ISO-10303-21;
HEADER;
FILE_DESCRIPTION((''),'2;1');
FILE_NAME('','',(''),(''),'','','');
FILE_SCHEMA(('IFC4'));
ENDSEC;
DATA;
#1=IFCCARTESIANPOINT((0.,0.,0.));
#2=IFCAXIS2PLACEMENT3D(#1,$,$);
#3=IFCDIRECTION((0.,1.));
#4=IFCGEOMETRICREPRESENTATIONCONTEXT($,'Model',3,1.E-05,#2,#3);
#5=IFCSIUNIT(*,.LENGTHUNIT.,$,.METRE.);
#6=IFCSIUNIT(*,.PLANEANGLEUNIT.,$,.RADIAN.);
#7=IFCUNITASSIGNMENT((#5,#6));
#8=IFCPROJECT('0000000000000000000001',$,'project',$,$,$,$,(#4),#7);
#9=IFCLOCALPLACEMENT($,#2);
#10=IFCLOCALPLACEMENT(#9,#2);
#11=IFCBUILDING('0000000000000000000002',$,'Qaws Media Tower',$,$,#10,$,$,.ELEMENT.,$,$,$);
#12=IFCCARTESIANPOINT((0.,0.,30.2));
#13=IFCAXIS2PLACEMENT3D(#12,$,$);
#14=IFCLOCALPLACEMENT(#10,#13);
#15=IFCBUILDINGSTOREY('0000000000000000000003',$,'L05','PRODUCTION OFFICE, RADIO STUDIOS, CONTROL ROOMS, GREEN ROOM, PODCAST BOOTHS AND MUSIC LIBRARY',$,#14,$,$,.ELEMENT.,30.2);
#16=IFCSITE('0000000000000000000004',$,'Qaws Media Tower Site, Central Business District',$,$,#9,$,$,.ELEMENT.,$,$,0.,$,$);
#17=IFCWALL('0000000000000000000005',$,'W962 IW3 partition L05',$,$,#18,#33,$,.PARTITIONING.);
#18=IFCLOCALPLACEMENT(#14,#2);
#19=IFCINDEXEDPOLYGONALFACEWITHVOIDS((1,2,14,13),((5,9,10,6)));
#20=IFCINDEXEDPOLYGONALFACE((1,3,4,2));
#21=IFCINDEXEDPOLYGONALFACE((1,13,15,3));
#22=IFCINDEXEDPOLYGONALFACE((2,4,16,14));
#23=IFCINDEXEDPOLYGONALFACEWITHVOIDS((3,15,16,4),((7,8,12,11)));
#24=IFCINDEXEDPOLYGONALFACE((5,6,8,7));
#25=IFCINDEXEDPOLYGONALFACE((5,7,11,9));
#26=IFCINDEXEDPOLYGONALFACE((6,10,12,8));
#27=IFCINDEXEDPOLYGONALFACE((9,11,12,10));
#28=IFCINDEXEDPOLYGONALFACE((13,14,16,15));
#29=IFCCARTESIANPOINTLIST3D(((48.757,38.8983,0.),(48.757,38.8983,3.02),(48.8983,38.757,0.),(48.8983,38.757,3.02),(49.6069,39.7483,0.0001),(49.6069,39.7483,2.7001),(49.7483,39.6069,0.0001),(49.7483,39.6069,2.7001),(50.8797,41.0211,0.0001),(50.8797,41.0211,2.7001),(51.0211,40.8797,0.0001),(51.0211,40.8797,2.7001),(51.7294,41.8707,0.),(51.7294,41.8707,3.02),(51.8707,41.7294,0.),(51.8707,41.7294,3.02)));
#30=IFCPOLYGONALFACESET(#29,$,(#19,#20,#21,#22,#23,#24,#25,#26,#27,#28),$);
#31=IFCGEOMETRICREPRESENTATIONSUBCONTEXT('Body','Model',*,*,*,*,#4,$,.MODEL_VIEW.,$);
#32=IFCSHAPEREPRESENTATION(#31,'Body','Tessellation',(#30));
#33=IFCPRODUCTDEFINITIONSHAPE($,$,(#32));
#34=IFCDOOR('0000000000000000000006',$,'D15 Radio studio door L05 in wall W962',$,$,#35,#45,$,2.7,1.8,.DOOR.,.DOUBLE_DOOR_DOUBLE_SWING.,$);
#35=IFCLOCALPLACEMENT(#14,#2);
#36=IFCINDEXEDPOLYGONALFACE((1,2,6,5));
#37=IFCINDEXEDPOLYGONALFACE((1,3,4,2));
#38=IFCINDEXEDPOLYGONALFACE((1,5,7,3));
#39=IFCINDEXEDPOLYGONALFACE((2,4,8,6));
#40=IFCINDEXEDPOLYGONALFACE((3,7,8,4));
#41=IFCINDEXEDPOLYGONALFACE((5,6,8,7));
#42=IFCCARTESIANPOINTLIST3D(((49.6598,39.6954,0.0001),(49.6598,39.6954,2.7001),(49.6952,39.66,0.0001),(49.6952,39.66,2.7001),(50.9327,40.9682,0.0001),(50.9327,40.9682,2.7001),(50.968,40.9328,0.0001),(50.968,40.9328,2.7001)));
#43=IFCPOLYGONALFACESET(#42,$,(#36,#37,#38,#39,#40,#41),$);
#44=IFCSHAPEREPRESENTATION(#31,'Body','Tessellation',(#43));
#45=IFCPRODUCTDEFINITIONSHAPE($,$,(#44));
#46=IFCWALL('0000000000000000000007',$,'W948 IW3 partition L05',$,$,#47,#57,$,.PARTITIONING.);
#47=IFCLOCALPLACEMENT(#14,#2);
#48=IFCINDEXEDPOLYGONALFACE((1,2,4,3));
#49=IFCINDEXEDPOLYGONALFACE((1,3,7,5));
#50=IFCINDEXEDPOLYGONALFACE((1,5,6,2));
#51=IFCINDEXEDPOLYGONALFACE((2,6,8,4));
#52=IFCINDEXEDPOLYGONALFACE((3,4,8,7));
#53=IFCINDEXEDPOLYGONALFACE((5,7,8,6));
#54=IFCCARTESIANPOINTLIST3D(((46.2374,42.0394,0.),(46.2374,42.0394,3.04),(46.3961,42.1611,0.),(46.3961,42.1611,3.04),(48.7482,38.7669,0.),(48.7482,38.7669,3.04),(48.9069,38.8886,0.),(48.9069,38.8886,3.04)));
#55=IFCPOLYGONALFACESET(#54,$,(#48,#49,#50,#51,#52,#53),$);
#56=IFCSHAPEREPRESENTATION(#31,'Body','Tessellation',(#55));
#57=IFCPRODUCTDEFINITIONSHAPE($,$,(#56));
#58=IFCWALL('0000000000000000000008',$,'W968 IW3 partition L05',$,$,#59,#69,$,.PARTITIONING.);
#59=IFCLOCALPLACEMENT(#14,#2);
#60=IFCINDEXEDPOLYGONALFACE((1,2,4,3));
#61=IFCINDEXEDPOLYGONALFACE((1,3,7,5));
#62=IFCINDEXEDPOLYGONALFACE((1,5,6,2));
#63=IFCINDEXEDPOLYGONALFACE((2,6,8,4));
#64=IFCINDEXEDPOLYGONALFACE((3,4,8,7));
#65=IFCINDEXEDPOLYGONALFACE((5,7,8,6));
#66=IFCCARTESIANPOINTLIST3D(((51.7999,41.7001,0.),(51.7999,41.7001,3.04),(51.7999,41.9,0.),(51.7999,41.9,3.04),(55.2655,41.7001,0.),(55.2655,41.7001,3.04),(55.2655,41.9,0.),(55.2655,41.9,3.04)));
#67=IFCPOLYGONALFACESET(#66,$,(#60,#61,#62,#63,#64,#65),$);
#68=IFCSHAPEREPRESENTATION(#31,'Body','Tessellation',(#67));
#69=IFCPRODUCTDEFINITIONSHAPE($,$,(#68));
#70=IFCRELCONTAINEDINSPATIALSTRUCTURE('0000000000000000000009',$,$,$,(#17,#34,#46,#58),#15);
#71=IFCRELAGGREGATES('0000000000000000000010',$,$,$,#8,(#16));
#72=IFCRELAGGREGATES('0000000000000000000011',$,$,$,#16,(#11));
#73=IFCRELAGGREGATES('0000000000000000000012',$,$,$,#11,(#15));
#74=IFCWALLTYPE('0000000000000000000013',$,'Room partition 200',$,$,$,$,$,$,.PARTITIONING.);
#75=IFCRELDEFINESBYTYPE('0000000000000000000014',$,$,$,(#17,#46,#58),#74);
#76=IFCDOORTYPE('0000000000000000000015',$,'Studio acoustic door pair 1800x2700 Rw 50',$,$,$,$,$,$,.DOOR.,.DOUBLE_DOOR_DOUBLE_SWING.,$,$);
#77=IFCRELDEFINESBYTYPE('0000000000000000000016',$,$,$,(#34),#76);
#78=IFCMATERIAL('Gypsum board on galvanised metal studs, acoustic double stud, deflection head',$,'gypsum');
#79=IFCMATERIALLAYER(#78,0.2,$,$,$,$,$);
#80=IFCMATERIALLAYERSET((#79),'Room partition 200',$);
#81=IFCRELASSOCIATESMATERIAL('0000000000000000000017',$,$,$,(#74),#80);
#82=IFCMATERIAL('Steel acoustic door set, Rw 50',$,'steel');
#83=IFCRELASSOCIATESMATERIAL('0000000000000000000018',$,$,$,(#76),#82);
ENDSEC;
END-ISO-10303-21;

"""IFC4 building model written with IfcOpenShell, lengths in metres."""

from ifc_helpers import new_model, si_unit, direction, frame, frame_2d, origin, place, context, subcontext, project, spatial, rectangle, extrude, material, layer, layer_set, type_object, element, fill, save


model = new_model("IFC4")

# Units and contexts
model_context = context("Model", 3, precision=1e-05, world=origin(), true_north=direction((0.0, 1.0)))
body_context = subcontext(model_context, "Body", "Model", "MODEL_VIEW")
ifc_project = project(units=[si_unit("LENGTHUNIT", "METRE"), si_unit("PLANEANGLEUNIT", "RADIAN")], contexts=[model_context])

# Site, building, storey
site_placement = place(None, origin())
site = spatial("IfcSite", under=ifc_project, at=site_placement, Name="Qaws Media Tower Site, Central Business District", CompositionType="ELEMENT", RefElevation=0.0)
building_placement = place(site_placement, origin())
building = spatial("IfcBuilding", under=site, at=building_placement, Name="Qaws Media Tower", CompositionType="ELEMENT")
storey_placement = place(building_placement, frame((0.0, 0.0, 30.2)))
storey = spatial("IfcBuildingStorey", under=building, at=storey_placement, Name="L05", Description="PRODUCTION OFFICE, RADIO STUDIOS, CONTROL ROOMS, GREEN ROOM, PODCAST BOOTHS AND MUSIC LIBRARY", CompositionType="ELEMENT", Elevation=30.2)

# Wall, opening, door
ifc_material_1 = material(Name="Gypsum board on galvanised metal studs, acoustic double stud, deflection head", Category="gypsum")
ifc_layer_1 = layer(ifc_material_1, 0.2)
ifc_layer_set_1 = layer_set([ifc_layer_1], Name="Room partition 200")
wall_type_1 = type_object("IfcWallType", Name="Room partition 200", PredefinedType="PARTITIONING", material=ifc_layer_set_1)
wall_1_placement = place(storey_placement, frame((51.8, 41.8, 0.0), z_axis=(0.0, 0.0, 1.0), x_axis=(-0.707107, -0.707107, 0.0)))
wall_1 = element("IfcWall", 1, at=wall_1_placement, inside=storey, type_object=wall_type_1, Name="W962 IW3 partition L05", PredefinedType="PARTITIONING", context=body_context, shape_type="SweptSolid", body=[
    extrude(rectangle(XDim=4.2036, YDim=0.2, at=frame_2d((2.1018, 0.0))), origin(), (0.0, 0.0, 1.0), 3.02),
])
opening_1_placement = place(wall_1_placement, frame((1.2017, 0.0, 0.0)))
opening_1 = element("IfcOpeningElement", 2, at=opening_1_placement, cuts=wall_1, PredefinedType="OPENING", context=body_context, shape_type="SweptSolid", body=[
    extrude(rectangle(XDim=1.8, YDim=2.7, at=frame_2d((0.8999, 1.3501))), frame((0.0, 0.1099, 0.0), z_axis=(0.0, -1.0, 0.0), x_axis=(1.0, 0.0, 0.0)), (0.0, 0.0, 1.0), 0.22),
])
ifc_material_2 = material(Name="Steel acoustic door set, Rw 50", Category="steel")
door_type = type_object("IfcDoorType", Name="Studio acoustic door pair 1800x2700 Rw 50", OperationType="DOUBLE_DOOR_DOUBLE_SWING", PredefinedType="DOOR", material=ifc_material_2)
door_placement = place(opening_1_placement, origin())
door = element("IfcDoor", 3, at=door_placement, inside=storey, type_object=door_type, Name="D15 Radio studio door L05 in wall W962", OperationType="DOUBLE_DOOR_DOUBLE_SWING", OverallHeight=2.7, OverallWidth=1.8, PredefinedType="DOOR", context=body_context, shape_type="SweptSolid", body=[
    extrude(rectangle(XDim=1.8, YDim=2.7, at=frame_2d((0.8999, 1.3501))), frame((0.0, 0.0249, 0.0), z_axis=(0.0, -1.0, 0.0), x_axis=(1.0, 0.0, 0.0)), (0.0, 0.0, 1.0), 0.05),
])
fill(opening_1, door)

# Walls
wall_2_placement = place(storey_placement, frame((48.8276, 38.8276, 0.0), z_axis=(0.0, 0.0, 1.0), x_axis=(-0.608715, 0.793389, 0.0)))
element("IfcWall", 4, at=wall_2_placement, inside=storey, type_object=wall_type_1, Name="W948 IW3 partition L05", PredefinedType="PARTITIONING", context=body_context, shape_type="SweptSolid", body=[
    extrude(rectangle(XDim=4.1248, YDim=0.2, at=frame_2d((2.0625, 0.0))), origin(), (0.0, 0.0, 1.0), 3.04),
])
wall_3_placement = place(storey_placement, frame((55.2656, 41.8, 0.0), z_axis=(0.0, 0.0, 1.0), x_axis=(-1.0, 0.0, 0.0)))
element("IfcWall", 5, at=wall_3_placement, inside=storey, type_object=wall_type_1, Name="W968 IW3 partition L05", PredefinedType="PARTITIONING", context=body_context, shape_type="SweptSolid", body=[
    extrude(rectangle(XDim=3.4656, YDim=0.2, at=frame_2d((1.7329, 0.0))), origin(), (0.0, 0.0, 1.0), 3.04),
])

save(model, "model.ifc")
